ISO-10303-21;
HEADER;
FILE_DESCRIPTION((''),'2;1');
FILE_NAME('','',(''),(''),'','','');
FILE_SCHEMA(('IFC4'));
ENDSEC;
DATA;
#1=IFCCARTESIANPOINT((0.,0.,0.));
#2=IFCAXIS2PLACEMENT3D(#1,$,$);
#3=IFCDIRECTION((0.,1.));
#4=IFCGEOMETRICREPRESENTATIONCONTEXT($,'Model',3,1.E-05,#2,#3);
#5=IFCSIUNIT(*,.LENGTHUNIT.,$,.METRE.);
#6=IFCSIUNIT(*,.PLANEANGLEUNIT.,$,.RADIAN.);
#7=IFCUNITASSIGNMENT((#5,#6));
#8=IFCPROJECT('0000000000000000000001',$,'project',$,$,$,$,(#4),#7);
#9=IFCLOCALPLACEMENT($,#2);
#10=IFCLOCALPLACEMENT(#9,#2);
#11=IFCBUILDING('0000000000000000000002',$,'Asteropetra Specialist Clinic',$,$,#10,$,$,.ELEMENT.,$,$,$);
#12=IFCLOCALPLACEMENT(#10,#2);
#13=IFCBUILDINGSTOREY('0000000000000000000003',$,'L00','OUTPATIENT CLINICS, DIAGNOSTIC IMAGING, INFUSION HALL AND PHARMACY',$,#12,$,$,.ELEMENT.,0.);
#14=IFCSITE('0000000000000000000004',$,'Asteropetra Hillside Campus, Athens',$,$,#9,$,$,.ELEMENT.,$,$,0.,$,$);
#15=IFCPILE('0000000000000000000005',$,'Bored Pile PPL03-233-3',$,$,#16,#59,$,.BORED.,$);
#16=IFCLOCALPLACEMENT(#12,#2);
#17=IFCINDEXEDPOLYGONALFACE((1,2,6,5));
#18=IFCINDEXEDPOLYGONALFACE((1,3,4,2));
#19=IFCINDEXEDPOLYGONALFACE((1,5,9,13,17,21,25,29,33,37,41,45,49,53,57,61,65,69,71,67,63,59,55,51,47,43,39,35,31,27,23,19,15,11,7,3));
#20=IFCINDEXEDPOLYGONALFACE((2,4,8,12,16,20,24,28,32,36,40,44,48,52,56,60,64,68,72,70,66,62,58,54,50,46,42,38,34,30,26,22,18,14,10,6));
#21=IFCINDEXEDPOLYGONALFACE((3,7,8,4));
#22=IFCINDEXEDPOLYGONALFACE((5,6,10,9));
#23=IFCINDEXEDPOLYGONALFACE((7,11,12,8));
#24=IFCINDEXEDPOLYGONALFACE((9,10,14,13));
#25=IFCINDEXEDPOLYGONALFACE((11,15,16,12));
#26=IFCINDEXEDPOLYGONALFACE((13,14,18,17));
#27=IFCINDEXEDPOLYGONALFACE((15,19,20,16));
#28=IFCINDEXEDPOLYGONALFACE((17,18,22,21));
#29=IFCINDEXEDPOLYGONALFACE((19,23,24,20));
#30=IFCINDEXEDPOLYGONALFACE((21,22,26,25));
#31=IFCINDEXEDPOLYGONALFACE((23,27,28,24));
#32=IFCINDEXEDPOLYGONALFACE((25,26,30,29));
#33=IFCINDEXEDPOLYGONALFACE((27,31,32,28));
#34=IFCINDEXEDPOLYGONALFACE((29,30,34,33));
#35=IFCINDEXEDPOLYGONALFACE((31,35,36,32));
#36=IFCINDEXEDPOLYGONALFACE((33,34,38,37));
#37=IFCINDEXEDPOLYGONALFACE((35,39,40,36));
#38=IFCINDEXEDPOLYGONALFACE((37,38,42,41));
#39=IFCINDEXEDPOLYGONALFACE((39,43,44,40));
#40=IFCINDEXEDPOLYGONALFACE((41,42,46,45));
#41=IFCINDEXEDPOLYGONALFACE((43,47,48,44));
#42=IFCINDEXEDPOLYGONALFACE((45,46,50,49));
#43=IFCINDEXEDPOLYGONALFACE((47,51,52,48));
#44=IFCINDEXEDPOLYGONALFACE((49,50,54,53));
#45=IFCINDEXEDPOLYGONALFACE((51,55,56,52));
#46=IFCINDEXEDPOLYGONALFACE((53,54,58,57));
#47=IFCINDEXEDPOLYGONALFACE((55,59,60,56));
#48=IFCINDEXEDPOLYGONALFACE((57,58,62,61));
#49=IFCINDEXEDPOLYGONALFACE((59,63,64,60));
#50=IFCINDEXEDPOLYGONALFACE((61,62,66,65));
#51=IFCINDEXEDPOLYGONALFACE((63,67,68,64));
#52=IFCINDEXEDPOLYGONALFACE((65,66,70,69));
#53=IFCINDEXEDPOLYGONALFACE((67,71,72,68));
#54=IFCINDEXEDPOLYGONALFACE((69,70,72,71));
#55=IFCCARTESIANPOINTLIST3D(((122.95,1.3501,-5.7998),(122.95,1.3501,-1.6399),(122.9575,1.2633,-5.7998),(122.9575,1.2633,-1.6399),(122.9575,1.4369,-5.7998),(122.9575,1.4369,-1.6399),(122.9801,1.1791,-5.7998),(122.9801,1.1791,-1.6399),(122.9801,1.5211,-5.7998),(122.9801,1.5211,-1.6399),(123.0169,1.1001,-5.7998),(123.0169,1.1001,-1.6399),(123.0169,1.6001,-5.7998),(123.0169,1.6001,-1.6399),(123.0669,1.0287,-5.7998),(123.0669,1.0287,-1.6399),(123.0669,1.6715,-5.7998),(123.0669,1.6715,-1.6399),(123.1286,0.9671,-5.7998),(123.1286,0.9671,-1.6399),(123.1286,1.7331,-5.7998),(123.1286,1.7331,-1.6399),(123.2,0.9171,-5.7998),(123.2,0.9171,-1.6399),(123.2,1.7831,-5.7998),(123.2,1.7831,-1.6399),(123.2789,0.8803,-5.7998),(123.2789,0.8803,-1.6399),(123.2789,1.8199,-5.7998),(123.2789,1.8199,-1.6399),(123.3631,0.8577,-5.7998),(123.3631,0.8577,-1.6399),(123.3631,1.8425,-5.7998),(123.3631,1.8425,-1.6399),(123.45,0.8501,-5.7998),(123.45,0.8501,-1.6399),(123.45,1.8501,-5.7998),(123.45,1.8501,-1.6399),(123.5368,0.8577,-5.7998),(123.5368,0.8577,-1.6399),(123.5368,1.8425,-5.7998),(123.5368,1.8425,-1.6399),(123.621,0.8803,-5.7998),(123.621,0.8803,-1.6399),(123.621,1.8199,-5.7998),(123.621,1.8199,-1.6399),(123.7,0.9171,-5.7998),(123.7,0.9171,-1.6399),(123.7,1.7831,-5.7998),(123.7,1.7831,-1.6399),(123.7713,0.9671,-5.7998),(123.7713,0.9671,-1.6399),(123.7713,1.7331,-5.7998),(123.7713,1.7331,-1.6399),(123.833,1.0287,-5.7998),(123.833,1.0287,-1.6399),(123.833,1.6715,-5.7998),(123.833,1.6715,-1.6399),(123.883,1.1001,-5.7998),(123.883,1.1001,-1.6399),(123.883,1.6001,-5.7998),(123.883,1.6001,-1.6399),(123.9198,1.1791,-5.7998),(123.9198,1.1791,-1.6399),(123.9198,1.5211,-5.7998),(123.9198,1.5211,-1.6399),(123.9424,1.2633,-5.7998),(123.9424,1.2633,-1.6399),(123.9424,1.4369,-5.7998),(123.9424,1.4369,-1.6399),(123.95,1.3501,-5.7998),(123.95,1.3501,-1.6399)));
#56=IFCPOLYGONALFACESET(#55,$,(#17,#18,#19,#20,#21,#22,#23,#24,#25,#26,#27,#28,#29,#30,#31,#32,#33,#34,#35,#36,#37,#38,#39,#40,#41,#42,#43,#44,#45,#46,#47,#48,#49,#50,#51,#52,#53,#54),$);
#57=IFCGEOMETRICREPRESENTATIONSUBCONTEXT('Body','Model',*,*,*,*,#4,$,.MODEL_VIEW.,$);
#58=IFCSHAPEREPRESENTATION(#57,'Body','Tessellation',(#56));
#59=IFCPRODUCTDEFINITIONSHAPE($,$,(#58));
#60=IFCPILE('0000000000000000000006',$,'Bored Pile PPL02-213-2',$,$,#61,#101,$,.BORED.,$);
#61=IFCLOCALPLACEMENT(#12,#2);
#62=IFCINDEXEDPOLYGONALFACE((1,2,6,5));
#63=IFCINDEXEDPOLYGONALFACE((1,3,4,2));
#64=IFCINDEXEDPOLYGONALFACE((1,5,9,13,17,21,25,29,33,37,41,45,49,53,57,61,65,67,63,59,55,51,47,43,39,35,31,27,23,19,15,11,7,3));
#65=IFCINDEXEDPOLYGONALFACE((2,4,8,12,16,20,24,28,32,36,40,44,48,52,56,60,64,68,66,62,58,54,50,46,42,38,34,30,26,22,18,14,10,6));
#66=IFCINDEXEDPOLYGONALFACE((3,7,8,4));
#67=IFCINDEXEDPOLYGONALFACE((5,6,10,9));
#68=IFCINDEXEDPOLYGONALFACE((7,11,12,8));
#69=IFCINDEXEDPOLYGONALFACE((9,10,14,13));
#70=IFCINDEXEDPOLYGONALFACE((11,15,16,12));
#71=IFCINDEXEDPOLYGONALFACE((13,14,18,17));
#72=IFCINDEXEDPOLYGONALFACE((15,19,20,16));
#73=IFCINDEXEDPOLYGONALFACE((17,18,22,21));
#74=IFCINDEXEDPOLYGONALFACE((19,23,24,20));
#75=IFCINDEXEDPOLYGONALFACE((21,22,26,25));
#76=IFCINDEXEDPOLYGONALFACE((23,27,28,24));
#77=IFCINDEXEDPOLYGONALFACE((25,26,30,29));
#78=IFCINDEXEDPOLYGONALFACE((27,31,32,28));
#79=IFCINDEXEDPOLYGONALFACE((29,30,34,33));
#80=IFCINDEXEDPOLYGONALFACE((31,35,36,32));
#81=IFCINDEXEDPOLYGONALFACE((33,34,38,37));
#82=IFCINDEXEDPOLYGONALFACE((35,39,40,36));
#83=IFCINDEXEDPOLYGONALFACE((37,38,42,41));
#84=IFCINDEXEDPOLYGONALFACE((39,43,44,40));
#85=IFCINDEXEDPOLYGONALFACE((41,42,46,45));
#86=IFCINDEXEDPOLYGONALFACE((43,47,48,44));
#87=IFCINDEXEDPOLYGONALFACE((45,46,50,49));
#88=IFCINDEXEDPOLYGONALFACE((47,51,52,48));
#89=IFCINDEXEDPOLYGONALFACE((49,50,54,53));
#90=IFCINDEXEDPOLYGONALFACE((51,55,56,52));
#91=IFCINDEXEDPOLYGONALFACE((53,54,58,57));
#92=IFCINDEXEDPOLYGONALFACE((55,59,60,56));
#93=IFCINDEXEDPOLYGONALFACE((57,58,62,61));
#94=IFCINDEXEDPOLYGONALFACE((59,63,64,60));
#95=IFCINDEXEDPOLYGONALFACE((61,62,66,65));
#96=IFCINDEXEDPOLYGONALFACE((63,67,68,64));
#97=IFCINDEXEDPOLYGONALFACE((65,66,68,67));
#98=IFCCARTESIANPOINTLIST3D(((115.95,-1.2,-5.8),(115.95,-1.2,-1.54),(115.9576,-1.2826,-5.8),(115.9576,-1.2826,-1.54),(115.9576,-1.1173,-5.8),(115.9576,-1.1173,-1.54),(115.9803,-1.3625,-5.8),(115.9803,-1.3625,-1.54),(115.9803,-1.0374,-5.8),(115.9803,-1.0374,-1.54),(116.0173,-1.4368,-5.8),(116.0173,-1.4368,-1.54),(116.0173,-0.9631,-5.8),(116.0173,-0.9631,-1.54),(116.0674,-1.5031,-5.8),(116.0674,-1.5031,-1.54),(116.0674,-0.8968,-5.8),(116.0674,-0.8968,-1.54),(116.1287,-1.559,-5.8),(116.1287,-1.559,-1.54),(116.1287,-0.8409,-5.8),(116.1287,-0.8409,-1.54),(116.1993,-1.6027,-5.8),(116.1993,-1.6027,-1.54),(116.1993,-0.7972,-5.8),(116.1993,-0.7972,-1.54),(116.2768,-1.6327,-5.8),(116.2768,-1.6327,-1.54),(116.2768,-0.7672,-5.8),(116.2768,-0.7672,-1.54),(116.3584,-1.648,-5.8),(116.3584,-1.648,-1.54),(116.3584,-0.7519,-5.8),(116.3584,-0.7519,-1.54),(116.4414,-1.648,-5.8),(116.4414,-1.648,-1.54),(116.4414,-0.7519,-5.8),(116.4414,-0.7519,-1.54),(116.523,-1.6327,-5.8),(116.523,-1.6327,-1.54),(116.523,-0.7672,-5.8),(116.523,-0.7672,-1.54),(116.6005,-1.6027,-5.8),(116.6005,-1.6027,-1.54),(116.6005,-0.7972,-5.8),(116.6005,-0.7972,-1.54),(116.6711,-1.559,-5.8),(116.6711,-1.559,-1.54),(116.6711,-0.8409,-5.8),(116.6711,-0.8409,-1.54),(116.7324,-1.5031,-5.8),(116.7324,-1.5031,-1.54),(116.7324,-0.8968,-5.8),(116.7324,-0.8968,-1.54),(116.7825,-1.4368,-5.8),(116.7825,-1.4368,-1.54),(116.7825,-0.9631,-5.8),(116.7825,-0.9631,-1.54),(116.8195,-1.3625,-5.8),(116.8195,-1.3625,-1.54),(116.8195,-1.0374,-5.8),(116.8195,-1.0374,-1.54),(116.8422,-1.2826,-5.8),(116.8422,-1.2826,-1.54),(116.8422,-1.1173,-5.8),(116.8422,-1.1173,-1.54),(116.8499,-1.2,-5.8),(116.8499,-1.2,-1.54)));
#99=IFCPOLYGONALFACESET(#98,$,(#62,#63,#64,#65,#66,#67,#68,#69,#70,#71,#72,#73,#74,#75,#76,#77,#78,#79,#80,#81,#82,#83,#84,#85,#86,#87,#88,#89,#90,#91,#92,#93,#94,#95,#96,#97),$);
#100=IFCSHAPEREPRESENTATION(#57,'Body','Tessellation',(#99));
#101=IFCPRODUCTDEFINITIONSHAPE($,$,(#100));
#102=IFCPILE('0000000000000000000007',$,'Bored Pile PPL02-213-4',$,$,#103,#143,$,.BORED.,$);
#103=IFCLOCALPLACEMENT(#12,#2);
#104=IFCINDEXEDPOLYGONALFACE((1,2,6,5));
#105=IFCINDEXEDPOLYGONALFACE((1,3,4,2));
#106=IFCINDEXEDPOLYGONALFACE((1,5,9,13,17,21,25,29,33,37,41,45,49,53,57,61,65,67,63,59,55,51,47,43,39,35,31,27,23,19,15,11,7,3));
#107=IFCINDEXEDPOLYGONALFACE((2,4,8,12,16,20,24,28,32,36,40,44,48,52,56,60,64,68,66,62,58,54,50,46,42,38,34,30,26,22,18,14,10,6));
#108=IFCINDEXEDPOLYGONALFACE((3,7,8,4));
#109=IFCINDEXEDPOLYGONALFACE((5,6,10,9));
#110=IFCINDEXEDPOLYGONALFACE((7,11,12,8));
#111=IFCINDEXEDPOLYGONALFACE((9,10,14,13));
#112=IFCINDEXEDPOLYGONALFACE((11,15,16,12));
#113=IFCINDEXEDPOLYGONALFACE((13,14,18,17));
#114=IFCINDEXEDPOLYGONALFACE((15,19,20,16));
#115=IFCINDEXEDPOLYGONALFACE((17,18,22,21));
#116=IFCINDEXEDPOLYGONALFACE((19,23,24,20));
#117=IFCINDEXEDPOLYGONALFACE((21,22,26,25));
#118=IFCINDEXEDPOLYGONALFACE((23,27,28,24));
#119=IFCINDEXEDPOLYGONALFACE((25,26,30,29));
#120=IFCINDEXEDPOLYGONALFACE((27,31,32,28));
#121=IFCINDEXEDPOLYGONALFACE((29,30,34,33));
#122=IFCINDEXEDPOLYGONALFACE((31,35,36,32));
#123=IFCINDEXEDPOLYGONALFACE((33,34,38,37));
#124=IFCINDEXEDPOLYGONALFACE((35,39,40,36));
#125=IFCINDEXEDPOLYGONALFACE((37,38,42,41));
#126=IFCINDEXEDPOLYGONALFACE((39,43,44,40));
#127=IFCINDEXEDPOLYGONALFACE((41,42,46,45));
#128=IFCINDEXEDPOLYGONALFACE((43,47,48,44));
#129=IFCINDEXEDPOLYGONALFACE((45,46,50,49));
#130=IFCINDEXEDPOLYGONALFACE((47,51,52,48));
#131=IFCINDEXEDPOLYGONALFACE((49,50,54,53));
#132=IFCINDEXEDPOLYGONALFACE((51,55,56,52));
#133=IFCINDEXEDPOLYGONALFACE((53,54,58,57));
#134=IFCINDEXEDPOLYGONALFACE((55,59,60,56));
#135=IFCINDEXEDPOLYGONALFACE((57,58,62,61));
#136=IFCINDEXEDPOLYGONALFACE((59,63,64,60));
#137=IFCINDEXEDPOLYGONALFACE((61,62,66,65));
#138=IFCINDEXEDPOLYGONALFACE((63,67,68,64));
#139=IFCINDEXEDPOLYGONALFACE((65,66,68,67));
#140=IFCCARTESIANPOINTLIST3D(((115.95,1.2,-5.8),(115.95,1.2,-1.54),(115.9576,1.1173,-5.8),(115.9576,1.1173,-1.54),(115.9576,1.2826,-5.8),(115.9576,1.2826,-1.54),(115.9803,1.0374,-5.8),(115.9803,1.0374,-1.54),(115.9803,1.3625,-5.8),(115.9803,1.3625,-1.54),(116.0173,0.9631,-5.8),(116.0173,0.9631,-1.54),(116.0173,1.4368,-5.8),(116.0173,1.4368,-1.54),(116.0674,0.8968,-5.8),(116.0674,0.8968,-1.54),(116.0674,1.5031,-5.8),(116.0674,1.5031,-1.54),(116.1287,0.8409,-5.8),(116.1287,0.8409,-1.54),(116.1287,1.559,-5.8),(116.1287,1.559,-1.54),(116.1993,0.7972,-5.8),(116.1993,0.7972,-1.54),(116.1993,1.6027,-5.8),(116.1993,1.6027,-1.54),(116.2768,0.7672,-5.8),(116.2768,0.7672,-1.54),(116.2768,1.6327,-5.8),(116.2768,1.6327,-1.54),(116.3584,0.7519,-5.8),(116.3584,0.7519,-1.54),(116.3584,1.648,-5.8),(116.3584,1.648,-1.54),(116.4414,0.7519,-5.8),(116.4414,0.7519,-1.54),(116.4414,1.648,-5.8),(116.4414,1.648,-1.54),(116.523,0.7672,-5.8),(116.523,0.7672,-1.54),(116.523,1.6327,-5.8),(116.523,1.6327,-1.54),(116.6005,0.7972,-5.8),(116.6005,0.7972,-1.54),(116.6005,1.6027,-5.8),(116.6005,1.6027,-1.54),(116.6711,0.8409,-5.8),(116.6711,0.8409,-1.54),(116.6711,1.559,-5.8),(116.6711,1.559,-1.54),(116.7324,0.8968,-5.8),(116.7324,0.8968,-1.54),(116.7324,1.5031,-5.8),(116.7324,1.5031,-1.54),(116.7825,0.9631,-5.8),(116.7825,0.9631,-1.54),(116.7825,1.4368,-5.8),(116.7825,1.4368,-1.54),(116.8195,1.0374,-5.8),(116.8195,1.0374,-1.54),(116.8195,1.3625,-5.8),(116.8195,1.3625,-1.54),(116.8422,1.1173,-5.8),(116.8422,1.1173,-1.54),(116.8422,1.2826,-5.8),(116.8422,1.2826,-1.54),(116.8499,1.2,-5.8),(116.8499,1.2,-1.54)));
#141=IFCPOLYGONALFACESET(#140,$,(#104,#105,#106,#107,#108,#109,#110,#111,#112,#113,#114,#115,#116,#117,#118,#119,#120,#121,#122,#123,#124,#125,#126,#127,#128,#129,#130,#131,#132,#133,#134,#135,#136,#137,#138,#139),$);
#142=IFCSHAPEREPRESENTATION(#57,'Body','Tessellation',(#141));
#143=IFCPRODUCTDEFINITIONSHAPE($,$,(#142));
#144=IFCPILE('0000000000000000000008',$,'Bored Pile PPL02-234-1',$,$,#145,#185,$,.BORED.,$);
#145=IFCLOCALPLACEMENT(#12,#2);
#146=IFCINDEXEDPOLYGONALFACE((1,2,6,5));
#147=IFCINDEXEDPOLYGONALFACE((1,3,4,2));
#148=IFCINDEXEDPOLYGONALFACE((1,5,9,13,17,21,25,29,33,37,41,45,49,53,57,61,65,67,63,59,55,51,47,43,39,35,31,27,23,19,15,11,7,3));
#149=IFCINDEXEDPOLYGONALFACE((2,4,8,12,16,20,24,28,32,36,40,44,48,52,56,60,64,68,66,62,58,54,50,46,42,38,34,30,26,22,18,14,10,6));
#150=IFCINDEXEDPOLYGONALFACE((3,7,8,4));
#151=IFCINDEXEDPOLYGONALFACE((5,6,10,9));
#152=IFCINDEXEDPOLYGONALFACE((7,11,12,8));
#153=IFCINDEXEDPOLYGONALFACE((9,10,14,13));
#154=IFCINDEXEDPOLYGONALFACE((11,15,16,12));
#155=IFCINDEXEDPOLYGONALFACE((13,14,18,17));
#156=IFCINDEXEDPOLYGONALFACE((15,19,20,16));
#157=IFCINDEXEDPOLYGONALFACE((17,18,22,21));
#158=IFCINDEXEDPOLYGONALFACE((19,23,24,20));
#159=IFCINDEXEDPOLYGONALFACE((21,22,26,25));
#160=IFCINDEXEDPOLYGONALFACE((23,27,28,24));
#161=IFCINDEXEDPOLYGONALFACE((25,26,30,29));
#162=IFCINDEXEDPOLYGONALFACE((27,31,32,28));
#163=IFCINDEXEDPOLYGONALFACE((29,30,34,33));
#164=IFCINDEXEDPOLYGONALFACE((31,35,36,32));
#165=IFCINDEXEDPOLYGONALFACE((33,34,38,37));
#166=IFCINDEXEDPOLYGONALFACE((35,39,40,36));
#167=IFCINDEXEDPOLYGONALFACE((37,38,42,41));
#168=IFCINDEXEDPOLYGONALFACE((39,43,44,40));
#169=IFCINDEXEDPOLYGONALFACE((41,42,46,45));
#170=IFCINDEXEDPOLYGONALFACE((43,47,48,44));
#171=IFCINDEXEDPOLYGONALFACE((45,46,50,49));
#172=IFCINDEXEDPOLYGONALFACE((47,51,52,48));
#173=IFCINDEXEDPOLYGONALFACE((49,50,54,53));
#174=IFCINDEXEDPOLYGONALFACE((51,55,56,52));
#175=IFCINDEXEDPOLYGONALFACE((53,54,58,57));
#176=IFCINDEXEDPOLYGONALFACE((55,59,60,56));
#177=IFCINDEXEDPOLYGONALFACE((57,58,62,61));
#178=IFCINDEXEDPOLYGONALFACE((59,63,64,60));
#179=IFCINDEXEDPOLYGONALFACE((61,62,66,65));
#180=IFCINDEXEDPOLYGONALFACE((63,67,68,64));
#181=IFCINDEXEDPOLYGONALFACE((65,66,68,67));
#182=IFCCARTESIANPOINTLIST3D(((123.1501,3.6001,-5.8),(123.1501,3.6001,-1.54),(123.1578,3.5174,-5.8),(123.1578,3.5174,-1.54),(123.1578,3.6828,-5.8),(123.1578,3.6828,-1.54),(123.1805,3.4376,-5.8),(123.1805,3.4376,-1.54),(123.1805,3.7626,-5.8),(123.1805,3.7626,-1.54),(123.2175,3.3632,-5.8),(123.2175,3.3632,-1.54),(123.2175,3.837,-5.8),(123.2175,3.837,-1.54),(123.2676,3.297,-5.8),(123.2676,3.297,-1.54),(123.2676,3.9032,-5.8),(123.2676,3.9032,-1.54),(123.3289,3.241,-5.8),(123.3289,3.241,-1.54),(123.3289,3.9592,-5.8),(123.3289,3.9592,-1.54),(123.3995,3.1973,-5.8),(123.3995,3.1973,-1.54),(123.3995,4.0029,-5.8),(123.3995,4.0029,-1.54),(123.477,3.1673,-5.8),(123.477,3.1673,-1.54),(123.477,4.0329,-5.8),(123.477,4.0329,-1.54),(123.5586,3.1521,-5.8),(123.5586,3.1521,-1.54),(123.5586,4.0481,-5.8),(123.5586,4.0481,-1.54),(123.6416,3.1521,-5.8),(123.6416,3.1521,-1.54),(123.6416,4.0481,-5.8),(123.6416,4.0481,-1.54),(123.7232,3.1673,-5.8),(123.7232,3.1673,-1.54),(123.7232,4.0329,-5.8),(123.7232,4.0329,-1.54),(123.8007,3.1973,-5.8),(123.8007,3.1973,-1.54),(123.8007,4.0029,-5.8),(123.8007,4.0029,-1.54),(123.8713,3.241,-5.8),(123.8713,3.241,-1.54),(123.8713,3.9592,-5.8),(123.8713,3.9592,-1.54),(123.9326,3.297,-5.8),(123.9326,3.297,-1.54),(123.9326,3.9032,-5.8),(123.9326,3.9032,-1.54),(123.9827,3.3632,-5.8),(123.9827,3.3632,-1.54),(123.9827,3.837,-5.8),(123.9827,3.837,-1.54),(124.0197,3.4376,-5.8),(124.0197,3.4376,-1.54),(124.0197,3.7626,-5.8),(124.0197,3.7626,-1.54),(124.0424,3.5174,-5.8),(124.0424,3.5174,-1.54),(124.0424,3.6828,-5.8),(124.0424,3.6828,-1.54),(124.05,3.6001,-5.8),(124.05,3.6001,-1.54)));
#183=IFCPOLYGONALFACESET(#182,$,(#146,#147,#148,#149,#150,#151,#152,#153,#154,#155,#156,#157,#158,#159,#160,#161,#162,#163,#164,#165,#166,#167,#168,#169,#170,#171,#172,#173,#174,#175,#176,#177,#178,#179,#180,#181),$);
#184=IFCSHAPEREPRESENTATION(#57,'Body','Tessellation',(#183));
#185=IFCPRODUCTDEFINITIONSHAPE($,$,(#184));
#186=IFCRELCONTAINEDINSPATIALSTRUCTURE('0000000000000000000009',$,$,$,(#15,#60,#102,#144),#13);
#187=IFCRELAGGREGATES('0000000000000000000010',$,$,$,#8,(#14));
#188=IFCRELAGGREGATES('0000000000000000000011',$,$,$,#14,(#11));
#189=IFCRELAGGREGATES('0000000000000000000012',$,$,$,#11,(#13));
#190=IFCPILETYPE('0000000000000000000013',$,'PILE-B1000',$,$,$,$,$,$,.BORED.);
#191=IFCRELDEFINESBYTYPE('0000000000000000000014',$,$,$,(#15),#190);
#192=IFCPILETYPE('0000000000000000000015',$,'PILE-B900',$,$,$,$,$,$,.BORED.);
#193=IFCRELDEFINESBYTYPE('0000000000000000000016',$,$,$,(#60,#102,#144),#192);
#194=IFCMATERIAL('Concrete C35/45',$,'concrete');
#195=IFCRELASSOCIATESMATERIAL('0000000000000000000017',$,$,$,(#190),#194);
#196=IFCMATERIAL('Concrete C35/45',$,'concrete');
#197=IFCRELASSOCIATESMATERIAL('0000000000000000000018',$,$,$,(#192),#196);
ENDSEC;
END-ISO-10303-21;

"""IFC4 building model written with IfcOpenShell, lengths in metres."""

from ifc_helpers import new_model, si_unit, direction, frame, origin, origin_2d, place, context, subcontext, project, spatial, circle, extrude, material, material_profile, profile_set, type_object, element, save


model = new_model("IFC4")

# Units and contexts
model_context = context("Model", 3, precision=1e-05, world=origin(), true_north=direction((0.0, 1.0)))
body_context = subcontext(model_context, "Body", "Model", "MODEL_VIEW")
ifc_project = project(units=[si_unit("LENGTHUNIT", "METRE"), si_unit("PLANEANGLEUNIT", "RADIAN")], contexts=[model_context])

# Site, building, storey
site_placement = place(None, origin())
site = spatial("IfcSite", under=ifc_project, at=site_placement, Name="Asteropetra Hillside Campus, Athens", CompositionType="ELEMENT", RefElevation=0.0)
building_placement = place(site_placement, origin())
building = spatial("IfcBuilding", under=site, at=building_placement, Name="Asteropetra Specialist Clinic", CompositionType="ELEMENT")
storey_placement = place(building_placement, origin())
storey = spatial("IfcBuildingStorey", under=building, at=storey_placement, Name="L00", Description="OUTPATIENT CLINICS, DIAGNOSTIC IMAGING, INFUSION HALL AND PHARMACY", CompositionType="ELEMENT", Elevation=0.0)

# Piles
ifc_material_1 = material(Name="Concrete C35/45", Category="concrete")
ifc_material_profile_1 = material_profile(ifc_material_1, circle(Radius=0.5, at=origin_2d()), Name="PILE D1000")
ifc_profile_set_1 = profile_set([ifc_material_profile_1], Name="Concrete C35/45")
pile_type_1 = type_object("IfcPileType", Name="PILE-B1000", PredefinedType="BORED", material=ifc_profile_set_1)
for number, where, z_axis, x_axis, name in (
    (1, (123.45, 1.3501, -1.6399), (0.0, 0.0, -1.0), (1.0, 0.0, 0.0), "Bored Pile PPL03-233-3"),
):
    element("IfcPile", number, at=place(storey_placement, frame(where, z_axis=z_axis, x_axis=x_axis)), inside=storey, type_object=pile_type_1, Name=name, PredefinedType="BORED", context=body_context, shape_type="SweptSolid", body=[
        extrude(circle(Radius=0.5, at=origin_2d()), origin(), (0.0, 0.0, 1.0), 4.1599),
    ])
ifc_material_2 = material(Name="Concrete C35/45", Category="concrete")
ifc_material_profile_2 = material_profile(ifc_material_2, circle(Radius=0.45, at=origin_2d()), Name="PILE D900")
ifc_profile_set_2 = profile_set([ifc_material_profile_2], Name="Concrete C35/45")
pile_type_2 = type_object("IfcPileType", Name="PILE-B900", PredefinedType="BORED", material=ifc_profile_set_2)
for number, where, z_axis, x_axis, name in (
    (2, (116.3999, -1.2, -1.54), (0.0, 0.0, -1.0), (1.0, 0.0, 0.0), "Bored Pile PPL02-213-2"),
    (3, (116.3999, 1.2, -1.54), (0.0, 0.0, -1.0), (1.0, 0.0, 0.0), "Bored Pile PPL02-213-4"),
    (4, (123.6001, 3.6001, -1.54), (0.0, 0.0, -1.0), (1.0, 0.0, 0.0), "Bored Pile PPL02-234-1"),
):
    element("IfcPile", number, at=place(storey_placement, frame(where, z_axis=z_axis, x_axis=x_axis)), inside=storey, type_object=pile_type_2, Name=name, PredefinedType="BORED", context=body_context, shape_type="SweptSolid", body=[
        extrude(circle(Radius=0.45, at=origin_2d()), origin(), (0.0, 0.0, 1.0), 4.26),
    ])

save(model, "model.ifc")
